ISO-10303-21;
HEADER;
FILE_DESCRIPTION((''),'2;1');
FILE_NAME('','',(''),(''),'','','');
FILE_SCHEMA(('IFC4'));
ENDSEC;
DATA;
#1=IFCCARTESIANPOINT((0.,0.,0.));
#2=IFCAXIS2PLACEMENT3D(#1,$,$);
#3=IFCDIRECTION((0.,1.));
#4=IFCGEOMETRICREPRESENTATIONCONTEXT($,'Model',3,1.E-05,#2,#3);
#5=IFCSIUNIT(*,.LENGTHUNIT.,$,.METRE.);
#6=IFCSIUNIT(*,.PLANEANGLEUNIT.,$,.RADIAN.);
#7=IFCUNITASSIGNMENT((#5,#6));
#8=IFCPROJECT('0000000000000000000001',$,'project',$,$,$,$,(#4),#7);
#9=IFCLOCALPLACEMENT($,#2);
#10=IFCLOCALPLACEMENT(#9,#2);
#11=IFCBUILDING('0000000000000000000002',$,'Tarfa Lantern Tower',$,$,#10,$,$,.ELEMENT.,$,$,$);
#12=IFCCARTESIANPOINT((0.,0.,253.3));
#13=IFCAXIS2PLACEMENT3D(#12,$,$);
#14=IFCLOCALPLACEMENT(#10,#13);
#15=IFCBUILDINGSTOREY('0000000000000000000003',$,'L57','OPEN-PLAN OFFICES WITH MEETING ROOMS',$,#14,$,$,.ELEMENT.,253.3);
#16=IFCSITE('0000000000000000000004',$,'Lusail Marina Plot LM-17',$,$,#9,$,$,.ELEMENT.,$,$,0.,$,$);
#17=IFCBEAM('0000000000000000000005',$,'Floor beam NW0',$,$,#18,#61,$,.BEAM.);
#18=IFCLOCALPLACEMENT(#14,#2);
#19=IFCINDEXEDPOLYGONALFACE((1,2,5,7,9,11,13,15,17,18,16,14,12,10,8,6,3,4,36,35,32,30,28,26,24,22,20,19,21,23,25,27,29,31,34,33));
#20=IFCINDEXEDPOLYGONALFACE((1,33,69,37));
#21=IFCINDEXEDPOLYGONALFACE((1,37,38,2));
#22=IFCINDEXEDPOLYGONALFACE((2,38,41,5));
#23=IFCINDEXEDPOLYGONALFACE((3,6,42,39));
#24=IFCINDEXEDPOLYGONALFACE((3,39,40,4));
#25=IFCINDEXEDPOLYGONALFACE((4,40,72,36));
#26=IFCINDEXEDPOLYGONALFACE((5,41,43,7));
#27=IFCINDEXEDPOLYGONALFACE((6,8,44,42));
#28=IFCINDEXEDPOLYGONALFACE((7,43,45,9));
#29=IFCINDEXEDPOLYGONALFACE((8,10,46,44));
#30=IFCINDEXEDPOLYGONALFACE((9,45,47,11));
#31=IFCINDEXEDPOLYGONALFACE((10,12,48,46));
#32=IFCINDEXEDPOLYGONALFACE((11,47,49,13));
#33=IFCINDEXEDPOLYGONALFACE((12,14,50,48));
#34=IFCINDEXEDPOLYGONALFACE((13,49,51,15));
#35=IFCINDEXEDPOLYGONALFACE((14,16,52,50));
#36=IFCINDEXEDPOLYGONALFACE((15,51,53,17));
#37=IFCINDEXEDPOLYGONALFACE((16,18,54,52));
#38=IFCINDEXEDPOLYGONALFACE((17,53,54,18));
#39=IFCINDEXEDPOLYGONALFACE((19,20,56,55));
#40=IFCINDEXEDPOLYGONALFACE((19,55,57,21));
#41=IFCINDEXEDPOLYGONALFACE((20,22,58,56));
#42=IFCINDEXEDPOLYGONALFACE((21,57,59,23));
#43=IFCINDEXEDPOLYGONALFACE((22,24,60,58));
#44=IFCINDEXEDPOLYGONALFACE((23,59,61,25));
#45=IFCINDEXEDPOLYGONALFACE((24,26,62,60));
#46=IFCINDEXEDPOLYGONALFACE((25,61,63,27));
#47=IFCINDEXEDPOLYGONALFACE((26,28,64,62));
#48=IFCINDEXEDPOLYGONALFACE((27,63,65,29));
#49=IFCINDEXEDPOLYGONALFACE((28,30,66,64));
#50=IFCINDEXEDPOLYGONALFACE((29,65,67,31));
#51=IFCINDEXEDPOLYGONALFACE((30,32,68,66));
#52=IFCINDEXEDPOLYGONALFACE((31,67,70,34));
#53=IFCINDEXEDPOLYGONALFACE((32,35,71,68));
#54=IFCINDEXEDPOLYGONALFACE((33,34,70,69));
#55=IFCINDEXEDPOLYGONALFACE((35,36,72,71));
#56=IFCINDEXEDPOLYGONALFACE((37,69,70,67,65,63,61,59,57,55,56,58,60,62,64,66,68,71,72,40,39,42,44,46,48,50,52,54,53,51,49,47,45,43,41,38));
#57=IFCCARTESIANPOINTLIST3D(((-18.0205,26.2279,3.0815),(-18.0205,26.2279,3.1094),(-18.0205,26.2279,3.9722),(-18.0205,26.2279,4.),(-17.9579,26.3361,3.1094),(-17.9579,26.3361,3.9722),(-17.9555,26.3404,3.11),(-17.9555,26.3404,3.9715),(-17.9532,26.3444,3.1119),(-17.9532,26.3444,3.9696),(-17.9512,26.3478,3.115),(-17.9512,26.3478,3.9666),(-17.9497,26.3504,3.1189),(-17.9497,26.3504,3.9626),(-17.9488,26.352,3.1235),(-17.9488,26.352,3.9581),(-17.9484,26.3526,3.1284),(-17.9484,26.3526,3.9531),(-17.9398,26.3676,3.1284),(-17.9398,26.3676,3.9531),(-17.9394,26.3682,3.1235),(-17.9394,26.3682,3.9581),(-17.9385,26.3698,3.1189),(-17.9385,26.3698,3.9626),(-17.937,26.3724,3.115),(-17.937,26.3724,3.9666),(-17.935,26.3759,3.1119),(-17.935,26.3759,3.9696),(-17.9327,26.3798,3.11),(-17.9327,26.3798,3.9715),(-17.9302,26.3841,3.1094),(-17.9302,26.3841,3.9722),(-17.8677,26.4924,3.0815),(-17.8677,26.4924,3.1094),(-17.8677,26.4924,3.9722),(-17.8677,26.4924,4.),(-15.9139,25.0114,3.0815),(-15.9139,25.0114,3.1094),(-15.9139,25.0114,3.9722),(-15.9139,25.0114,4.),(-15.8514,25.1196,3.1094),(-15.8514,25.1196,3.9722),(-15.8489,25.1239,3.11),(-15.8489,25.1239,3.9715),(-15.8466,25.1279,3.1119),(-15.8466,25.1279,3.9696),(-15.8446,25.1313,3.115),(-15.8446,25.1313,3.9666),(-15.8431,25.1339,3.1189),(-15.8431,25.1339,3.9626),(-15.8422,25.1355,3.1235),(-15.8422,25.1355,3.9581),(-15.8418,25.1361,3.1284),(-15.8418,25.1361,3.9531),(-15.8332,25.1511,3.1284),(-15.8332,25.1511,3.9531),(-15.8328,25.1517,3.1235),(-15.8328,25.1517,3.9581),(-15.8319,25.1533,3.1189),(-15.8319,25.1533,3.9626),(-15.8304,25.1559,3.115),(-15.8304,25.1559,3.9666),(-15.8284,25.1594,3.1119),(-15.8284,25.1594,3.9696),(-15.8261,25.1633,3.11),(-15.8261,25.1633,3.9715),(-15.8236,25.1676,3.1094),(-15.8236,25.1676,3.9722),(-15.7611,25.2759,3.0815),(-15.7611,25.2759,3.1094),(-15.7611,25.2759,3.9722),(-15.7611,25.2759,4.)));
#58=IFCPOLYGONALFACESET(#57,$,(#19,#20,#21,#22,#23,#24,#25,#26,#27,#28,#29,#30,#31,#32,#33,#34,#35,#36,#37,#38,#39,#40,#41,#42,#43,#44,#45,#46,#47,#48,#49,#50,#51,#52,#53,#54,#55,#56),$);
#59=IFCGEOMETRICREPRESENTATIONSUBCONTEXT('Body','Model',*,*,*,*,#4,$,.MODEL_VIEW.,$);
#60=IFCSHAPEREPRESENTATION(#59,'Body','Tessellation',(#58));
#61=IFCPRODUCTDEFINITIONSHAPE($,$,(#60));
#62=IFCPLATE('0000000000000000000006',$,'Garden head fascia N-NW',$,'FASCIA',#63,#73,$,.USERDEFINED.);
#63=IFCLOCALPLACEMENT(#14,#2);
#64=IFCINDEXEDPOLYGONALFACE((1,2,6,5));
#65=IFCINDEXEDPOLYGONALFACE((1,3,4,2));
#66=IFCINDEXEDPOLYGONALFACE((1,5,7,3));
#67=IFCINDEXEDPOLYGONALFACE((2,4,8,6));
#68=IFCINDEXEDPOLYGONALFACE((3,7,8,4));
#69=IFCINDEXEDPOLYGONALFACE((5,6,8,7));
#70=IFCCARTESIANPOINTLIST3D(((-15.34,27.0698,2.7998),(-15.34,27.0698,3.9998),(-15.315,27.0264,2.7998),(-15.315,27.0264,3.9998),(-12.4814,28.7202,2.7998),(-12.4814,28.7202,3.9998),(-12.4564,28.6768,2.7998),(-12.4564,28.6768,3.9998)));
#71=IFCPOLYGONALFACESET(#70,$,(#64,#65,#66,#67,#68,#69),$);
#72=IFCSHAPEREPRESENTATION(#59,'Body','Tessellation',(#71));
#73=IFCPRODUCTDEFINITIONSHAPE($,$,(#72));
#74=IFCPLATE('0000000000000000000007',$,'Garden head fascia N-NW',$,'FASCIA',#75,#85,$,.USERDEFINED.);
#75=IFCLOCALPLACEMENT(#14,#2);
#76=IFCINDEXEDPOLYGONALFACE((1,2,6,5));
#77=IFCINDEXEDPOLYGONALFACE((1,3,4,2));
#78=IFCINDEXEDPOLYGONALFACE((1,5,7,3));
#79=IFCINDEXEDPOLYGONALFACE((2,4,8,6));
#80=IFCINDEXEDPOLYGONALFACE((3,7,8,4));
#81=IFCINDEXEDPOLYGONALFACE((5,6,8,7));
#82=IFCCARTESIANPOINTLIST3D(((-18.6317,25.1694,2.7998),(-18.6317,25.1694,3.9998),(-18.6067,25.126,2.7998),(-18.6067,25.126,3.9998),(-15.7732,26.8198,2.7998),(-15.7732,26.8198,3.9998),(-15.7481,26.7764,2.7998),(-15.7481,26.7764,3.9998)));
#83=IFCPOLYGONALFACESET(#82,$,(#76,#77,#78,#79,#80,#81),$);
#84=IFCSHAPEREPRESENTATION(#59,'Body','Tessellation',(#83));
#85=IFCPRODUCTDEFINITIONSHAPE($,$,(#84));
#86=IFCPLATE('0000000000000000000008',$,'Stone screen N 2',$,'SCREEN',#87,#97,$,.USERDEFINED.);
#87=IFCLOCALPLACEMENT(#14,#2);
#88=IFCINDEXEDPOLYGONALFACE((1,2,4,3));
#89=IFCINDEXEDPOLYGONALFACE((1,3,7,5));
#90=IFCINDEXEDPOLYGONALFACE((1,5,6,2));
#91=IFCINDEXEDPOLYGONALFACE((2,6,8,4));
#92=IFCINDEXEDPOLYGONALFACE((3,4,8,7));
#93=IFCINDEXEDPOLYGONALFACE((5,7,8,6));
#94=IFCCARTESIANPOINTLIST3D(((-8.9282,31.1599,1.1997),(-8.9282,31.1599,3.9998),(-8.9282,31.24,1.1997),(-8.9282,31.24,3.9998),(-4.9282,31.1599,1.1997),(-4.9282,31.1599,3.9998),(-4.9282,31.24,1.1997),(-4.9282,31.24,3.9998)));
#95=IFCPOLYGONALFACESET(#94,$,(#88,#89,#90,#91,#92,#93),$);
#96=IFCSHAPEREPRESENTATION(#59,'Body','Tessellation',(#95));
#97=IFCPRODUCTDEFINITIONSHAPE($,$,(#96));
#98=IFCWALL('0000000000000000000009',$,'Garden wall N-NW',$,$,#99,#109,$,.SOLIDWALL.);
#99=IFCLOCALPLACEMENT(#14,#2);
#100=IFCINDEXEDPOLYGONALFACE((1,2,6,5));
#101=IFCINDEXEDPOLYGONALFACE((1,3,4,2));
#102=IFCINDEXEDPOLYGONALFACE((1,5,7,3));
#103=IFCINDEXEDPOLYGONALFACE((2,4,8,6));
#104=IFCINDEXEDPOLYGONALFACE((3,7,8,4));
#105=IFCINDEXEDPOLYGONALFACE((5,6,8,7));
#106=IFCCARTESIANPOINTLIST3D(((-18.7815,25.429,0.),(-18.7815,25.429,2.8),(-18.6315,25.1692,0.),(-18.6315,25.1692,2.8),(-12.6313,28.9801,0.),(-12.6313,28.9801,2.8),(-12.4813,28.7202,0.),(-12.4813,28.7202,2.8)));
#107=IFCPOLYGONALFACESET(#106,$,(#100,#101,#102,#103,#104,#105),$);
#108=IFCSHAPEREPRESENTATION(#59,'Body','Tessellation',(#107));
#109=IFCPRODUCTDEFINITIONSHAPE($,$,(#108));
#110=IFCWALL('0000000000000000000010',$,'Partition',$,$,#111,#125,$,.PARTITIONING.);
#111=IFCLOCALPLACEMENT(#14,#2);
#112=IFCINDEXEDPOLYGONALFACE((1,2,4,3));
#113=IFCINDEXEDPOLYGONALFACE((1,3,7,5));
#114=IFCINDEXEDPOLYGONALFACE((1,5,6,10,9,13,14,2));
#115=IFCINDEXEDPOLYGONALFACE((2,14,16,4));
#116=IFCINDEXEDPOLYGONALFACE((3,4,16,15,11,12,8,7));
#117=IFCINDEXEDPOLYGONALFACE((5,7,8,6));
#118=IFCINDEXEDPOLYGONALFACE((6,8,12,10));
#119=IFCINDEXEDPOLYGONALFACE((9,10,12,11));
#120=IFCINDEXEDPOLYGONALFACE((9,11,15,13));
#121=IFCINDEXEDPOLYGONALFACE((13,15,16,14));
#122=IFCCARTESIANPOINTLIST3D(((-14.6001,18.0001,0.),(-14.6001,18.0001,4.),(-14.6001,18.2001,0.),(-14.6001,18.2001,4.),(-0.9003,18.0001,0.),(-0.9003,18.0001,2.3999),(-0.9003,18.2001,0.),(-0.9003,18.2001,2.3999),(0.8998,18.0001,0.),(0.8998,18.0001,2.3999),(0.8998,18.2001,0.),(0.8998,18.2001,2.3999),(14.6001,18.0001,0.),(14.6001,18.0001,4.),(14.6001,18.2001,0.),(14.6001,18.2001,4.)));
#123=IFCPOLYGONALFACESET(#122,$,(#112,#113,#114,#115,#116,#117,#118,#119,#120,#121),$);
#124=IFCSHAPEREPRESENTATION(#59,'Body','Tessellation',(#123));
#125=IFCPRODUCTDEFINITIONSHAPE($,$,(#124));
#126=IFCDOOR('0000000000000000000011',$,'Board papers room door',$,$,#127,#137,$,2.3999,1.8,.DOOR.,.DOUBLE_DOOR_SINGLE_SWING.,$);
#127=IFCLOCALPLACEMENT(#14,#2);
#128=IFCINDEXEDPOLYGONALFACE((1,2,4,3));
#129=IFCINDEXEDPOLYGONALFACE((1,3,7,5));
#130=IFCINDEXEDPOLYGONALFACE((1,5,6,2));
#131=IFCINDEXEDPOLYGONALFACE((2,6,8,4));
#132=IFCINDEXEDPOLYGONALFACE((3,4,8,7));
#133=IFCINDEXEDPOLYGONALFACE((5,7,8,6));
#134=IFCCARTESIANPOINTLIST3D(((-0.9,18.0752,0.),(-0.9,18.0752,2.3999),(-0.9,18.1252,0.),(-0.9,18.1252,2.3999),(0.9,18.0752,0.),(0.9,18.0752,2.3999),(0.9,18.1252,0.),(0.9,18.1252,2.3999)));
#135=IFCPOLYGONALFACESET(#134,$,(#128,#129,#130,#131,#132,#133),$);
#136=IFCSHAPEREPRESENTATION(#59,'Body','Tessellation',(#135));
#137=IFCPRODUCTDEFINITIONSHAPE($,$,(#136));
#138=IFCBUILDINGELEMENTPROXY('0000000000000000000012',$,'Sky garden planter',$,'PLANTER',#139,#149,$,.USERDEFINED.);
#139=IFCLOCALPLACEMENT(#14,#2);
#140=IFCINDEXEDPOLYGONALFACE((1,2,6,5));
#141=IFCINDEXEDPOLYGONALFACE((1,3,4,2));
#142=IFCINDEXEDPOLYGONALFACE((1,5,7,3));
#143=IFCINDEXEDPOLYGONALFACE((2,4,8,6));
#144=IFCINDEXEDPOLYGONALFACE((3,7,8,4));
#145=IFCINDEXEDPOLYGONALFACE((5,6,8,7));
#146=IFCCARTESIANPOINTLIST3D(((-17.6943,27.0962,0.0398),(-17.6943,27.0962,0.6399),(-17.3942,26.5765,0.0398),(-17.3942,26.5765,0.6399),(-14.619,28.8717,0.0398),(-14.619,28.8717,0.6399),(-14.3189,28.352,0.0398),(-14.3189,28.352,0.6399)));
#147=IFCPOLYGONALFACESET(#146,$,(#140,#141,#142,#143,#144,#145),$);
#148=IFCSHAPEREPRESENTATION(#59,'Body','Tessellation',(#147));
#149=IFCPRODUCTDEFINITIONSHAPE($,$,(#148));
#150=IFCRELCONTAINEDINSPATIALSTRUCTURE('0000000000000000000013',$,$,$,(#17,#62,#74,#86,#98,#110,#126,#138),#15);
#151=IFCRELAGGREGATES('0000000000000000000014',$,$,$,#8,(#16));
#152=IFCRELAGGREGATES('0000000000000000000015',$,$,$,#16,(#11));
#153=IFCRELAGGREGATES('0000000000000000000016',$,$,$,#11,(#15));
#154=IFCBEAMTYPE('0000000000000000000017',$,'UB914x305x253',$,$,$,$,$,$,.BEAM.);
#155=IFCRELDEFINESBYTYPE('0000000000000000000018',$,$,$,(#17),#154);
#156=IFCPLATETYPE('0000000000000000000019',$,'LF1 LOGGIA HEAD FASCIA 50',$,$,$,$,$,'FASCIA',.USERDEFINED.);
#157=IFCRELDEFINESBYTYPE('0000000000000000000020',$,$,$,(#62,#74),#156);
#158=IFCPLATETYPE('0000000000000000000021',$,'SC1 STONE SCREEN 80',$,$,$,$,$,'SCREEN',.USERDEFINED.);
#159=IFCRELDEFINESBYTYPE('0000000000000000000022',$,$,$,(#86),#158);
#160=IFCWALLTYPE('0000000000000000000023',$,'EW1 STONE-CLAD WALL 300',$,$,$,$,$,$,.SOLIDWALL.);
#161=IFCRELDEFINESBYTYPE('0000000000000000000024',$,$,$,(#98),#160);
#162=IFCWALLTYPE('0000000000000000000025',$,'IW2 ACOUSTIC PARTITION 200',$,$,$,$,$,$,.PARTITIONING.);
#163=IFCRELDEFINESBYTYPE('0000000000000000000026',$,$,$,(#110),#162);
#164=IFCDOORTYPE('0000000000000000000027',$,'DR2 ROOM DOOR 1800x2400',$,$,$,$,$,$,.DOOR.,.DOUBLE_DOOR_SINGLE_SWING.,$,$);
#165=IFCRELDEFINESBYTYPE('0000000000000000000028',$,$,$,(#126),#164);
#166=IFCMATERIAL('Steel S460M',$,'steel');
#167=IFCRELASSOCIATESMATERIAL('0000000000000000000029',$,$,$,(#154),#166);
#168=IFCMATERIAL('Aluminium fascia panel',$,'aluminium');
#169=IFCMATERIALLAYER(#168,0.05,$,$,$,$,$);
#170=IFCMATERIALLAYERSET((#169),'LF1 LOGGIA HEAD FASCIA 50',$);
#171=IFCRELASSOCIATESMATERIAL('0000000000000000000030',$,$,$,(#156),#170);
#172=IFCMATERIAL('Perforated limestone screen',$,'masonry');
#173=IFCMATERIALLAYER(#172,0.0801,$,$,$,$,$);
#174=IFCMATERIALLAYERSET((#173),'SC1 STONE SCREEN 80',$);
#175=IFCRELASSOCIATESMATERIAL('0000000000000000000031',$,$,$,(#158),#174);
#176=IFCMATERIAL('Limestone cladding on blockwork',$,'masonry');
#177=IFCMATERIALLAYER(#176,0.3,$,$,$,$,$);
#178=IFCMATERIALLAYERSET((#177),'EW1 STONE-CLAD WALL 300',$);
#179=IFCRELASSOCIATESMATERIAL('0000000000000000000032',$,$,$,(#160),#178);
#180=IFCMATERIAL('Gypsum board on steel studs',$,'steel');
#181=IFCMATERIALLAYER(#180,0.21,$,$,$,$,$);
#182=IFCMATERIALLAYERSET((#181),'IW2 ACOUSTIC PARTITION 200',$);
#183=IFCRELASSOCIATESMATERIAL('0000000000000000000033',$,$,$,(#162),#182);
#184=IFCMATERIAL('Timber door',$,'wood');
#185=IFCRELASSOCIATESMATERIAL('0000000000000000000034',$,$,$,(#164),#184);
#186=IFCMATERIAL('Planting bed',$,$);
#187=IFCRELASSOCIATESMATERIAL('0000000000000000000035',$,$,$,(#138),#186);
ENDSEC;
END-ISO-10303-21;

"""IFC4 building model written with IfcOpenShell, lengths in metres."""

from ifc_helpers import new_model, si_unit, direction, frame, frame_2d, origin, origin_2d, place, context, subcontext, project, spatial, rectangle, i_section, extrude, material, layer, layer_set, material_profile, profile_set, type_object, element, fill, save


model = new_model("IFC4")

# Units and contexts
model_context = context("Model", 3, precision=1e-05, world=origin(), true_north=direction((0.0, 1.0)))
body_context = subcontext(model_context, "Body", "Model", "MODEL_VIEW")
ifc_project = project(units=[si_unit("LENGTHUNIT", "METRE"), si_unit("PLANEANGLEUNIT", "RADIAN")], contexts=[model_context])

# Site, building, storey
site_placement = place(None, origin())
site = spatial("IfcSite", under=ifc_project, at=site_placement, Name="Lusail Marina Plot LM-17", CompositionType="ELEMENT", RefElevation=0.0)
building_placement = place(site_placement, origin())
building = spatial("IfcBuilding", under=site, at=building_placement, Name="Tarfa Lantern Tower", CompositionType="ELEMENT")
storey_placement = place(building_placement, frame((0.0, 0.0, 253.3)))
storey = spatial("IfcBuildingStorey", under=building, at=storey_placement, Name="L57", Description="OPEN-PLAN OFFICES WITH MEETING ROOMS", CompositionType="ELEMENT", Elevation=253.3)

# Beam
ifc_material_1 = material(Name="Steel S460M", Category="steel")
ifc_material_profile_1 = material_profile(ifc_material_1, i_section(OverallWidth=0.3054, OverallDepth=0.9185, WebThickness=0.0173, FlangeThickness=0.0278, FilletRadius=0.019, at=origin_2d()), Name="UB914x305x253")
ifc_profile_set_1 = profile_set([ifc_material_profile_1], Name="Steel S460M")
beam_type_1 = type_object("IfcBeamType", Name="UB914x305x253", PredefinedType="BEAM", material=ifc_profile_set_1)
beam_1_placement = place(storey_placement, frame((-17.9441, 26.3601, 3.5408), z_axis=(0.86598, -0.500079, 0.0), x_axis=(0.500079, 0.86598, 0.0)))
element("IfcBeam", 1, at=beam_1_placement, inside=storey, type_object=beam_type_1, Name="Floor beam NW0", PredefinedType="BEAM", context=body_context, shape_type="SweptSolid", body=[
    extrude(i_section(OverallWidth=0.3054, OverallDepth=0.9185, WebThickness=0.0173, FlangeThickness=0.0278, FilletRadius=0.019, at=origin_2d()), origin(), (0.0, 0.0, 1.0), 2.4326),
])

# Plates
ifc_material_2 = material(Name="Aluminium fascia panel", Category="aluminium")
ifc_layer_1 = layer(ifc_material_2, 0.05)
ifc_layer_set_1 = layer_set([ifc_layer_1], Name="LF1 LOGGIA HEAD FASCIA 50")
plate_type_1 = type_object("IfcPlateType", Name="LF1 LOGGIA HEAD FASCIA 50", ElementType="FASCIA", PredefinedType="USERDEFINED", material=ifc_layer_set_1)
for number, where, z_axis, x_axis, name in (
    (2, (-13.8982, 27.8733, 2.7998), (0.0, 0.0, 1.0), (-0.866025, -0.5, 0.0), "Garden head fascia N-NW"),
    (3, (-17.1899, 25.9729, 2.7998), (0.0, 0.0, 1.0), (-0.866025, -0.5, 0.0), "Garden head fascia N-NW"),
):
    element("IfcPlate", number, at=place(storey_placement, frame(where, z_axis=z_axis, x_axis=x_axis)), inside=storey, type_object=plate_type_1, Name=name, ObjectType="FASCIA", PredefinedType="USERDEFINED", context=body_context, shape_type="SweptSolid", body=[
        extrude(rectangle(XDim=3.3008, YDim=0.05, at=origin_2d()), origin(), (0.0, 0.0, 1.0), 1.2),
    ])
ifc_material_3 = material(Name="Perforated limestone screen", Category="masonry")
ifc_layer_2 = layer(ifc_material_3, 0.0801)
ifc_layer_set_2 = layer_set([ifc_layer_2], Name="SC1 STONE SCREEN 80")
plate_type_2 = type_object("IfcPlateType", Name="SC1 STONE SCREEN 80", ElementType="SCREEN", PredefinedType="USERDEFINED", material=ifc_layer_set_2)
plate_placement = place(storey_placement, frame((-6.9282, 31.2, 1.1997), z_axis=(0.0, 0.0, 1.0), x_axis=(-1.0, 0.0, 0.0)))
element("IfcPlate", 4, at=plate_placement, inside=storey, type_object=plate_type_2, Name="Stone screen N 2", ObjectType="SCREEN", PredefinedType="USERDEFINED", context=body_context, shape_type="SweptSolid", body=[
    extrude(rectangle(XDim=4.0, YDim=0.0801, at=origin_2d()), origin(), (0.0, 0.0, 1.0), 2.8),
])

# Wall
ifc_material_4 = material(Name="Limestone cladding on blockwork", Category="masonry")
ifc_layer_3 = layer(ifc_material_4, 0.3)
ifc_layer_set_3 = layer_set([ifc_layer_3], Name="EW1 STONE-CLAD WALL 300")
wall_type_1 = type_object("IfcWallType", Name="EW1 STONE-CLAD WALL 300", PredefinedType="SOLIDWALL", material=ifc_layer_set_3)
wall_1_placement = place(storey_placement, frame((-12.5564, 28.8501, 0.0), z_axis=(0.0, 0.0, 1.0), x_axis=(-0.866011, -0.500025, 0.0)))
element("IfcWall", 5, at=wall_1_placement, inside=storey, type_object=wall_type_1, Name="Garden wall N-NW", PredefinedType="SOLIDWALL", context=body_context, shape_type="SweptSolid", body=[
    extrude(rectangle(XDim=7.1018, YDim=0.3, at=frame_2d((3.5508, 0.0))), origin(), (0.0, 0.0, 1.0), 2.8),
])

# Wall, opening, door
ifc_material_5 = material(Name="Gypsum board on steel studs", Category="steel")
ifc_layer_4 = layer(ifc_material_5, 0.21)
ifc_layer_set_4 = layer_set([ifc_layer_4], Name="IW2 ACOUSTIC PARTITION 200")
wall_type_2 = type_object("IfcWallType", Name="IW2 ACOUSTIC PARTITION 200", PredefinedType="PARTITIONING", material=ifc_layer_set_4)
wall_2_placement = place(storey_placement, frame((-14.6001, 18.1001, 0.0), z_axis=(0.0, 0.0, 1.0), x_axis=(1.0, 0.0, 0.0)))
wall_2 = element("IfcWall", 6, at=wall_2_placement, inside=storey, type_object=wall_type_2, Name="Partition", PredefinedType="PARTITIONING", context=body_context, shape_type="SweptSolid", body=[
    extrude(rectangle(XDim=29.2002, YDim=0.2, at=frame_2d((14.6001, 0.0))), origin(), (0.0, 0.0, 1.0), 4.0),
])
opening_placement = place(wall_2_placement, frame((13.7, 0.0, 0.0)))
opening = element("IfcOpeningElement", 7, at=opening_placement, cuts=wall_2, PredefinedType="OPENING", context=body_context, shape_type="SweptSolid", body=[
    extrude(rectangle(XDim=1.8, YDim=2.3999, at=frame_2d((0.8999, 1.2))), frame((0.0, 0.1099, 0.0), z_axis=(0.0, -1.0, 0.0), x_axis=(1.0, 0.0, 0.0)), (0.0, 0.0, 1.0), 0.22),
])
ifc_material_6 = material(Name="Timber door", Category="wood")
door_type = type_object("IfcDoorType", Name="DR2 ROOM DOOR 1800x2400", OperationType="DOUBLE_DOOR_SINGLE_SWING", PredefinedType="DOOR", material=ifc_material_6)
door_placement = place(opening_placement, frame((1.8, 0.0, 0.0), z_axis=(0.0, 0.0, 1.0), x_axis=(-1.0, 0.0, 0.0)))
door = element("IfcDoor", 8, at=door_placement, inside=storey, type_object=door_type, Name="Board papers room door", OperationType="DOUBLE_DOOR_SINGLE_SWING", OverallHeight=2.3999, OverallWidth=1.8, PredefinedType="DOOR", context=body_context, shape_type="SweptSolid", body=[
    extrude(rectangle(XDim=1.8, YDim=2.3999, at=frame_2d((0.8999, 1.2))), frame((0.0, 0.0249, 0.0), z_axis=(0.0, -1.0, 0.0), x_axis=(1.0, 0.0, 0.0)), (0.0, 0.0, 1.0), 0.05),
])
fill(opening, door)

# Building element proxy
ifc_material_7 = material(Name="Planting bed")
proxy_placement = place(storey_placement, frame((-16.0066, 27.7241, 0.0398), z_axis=(0.0, 0.0, 1.0), x_axis=(-0.866025, -0.5, 0.0)))
element("IfcBuildingElementProxy", 9, at=proxy_placement, inside=storey, material=ifc_material_7, Name="Sky garden planter", ObjectType="PLANTER", PredefinedType="USERDEFINED", context=body_context, shape_type="SweptSolid", body=[
    extrude(rectangle(XDim=3.551, YDim=0.6001, at=origin_2d()), origin(), (0.0, 0.0, 1.0), 0.6001),
])

save(model, "model.ifc")
